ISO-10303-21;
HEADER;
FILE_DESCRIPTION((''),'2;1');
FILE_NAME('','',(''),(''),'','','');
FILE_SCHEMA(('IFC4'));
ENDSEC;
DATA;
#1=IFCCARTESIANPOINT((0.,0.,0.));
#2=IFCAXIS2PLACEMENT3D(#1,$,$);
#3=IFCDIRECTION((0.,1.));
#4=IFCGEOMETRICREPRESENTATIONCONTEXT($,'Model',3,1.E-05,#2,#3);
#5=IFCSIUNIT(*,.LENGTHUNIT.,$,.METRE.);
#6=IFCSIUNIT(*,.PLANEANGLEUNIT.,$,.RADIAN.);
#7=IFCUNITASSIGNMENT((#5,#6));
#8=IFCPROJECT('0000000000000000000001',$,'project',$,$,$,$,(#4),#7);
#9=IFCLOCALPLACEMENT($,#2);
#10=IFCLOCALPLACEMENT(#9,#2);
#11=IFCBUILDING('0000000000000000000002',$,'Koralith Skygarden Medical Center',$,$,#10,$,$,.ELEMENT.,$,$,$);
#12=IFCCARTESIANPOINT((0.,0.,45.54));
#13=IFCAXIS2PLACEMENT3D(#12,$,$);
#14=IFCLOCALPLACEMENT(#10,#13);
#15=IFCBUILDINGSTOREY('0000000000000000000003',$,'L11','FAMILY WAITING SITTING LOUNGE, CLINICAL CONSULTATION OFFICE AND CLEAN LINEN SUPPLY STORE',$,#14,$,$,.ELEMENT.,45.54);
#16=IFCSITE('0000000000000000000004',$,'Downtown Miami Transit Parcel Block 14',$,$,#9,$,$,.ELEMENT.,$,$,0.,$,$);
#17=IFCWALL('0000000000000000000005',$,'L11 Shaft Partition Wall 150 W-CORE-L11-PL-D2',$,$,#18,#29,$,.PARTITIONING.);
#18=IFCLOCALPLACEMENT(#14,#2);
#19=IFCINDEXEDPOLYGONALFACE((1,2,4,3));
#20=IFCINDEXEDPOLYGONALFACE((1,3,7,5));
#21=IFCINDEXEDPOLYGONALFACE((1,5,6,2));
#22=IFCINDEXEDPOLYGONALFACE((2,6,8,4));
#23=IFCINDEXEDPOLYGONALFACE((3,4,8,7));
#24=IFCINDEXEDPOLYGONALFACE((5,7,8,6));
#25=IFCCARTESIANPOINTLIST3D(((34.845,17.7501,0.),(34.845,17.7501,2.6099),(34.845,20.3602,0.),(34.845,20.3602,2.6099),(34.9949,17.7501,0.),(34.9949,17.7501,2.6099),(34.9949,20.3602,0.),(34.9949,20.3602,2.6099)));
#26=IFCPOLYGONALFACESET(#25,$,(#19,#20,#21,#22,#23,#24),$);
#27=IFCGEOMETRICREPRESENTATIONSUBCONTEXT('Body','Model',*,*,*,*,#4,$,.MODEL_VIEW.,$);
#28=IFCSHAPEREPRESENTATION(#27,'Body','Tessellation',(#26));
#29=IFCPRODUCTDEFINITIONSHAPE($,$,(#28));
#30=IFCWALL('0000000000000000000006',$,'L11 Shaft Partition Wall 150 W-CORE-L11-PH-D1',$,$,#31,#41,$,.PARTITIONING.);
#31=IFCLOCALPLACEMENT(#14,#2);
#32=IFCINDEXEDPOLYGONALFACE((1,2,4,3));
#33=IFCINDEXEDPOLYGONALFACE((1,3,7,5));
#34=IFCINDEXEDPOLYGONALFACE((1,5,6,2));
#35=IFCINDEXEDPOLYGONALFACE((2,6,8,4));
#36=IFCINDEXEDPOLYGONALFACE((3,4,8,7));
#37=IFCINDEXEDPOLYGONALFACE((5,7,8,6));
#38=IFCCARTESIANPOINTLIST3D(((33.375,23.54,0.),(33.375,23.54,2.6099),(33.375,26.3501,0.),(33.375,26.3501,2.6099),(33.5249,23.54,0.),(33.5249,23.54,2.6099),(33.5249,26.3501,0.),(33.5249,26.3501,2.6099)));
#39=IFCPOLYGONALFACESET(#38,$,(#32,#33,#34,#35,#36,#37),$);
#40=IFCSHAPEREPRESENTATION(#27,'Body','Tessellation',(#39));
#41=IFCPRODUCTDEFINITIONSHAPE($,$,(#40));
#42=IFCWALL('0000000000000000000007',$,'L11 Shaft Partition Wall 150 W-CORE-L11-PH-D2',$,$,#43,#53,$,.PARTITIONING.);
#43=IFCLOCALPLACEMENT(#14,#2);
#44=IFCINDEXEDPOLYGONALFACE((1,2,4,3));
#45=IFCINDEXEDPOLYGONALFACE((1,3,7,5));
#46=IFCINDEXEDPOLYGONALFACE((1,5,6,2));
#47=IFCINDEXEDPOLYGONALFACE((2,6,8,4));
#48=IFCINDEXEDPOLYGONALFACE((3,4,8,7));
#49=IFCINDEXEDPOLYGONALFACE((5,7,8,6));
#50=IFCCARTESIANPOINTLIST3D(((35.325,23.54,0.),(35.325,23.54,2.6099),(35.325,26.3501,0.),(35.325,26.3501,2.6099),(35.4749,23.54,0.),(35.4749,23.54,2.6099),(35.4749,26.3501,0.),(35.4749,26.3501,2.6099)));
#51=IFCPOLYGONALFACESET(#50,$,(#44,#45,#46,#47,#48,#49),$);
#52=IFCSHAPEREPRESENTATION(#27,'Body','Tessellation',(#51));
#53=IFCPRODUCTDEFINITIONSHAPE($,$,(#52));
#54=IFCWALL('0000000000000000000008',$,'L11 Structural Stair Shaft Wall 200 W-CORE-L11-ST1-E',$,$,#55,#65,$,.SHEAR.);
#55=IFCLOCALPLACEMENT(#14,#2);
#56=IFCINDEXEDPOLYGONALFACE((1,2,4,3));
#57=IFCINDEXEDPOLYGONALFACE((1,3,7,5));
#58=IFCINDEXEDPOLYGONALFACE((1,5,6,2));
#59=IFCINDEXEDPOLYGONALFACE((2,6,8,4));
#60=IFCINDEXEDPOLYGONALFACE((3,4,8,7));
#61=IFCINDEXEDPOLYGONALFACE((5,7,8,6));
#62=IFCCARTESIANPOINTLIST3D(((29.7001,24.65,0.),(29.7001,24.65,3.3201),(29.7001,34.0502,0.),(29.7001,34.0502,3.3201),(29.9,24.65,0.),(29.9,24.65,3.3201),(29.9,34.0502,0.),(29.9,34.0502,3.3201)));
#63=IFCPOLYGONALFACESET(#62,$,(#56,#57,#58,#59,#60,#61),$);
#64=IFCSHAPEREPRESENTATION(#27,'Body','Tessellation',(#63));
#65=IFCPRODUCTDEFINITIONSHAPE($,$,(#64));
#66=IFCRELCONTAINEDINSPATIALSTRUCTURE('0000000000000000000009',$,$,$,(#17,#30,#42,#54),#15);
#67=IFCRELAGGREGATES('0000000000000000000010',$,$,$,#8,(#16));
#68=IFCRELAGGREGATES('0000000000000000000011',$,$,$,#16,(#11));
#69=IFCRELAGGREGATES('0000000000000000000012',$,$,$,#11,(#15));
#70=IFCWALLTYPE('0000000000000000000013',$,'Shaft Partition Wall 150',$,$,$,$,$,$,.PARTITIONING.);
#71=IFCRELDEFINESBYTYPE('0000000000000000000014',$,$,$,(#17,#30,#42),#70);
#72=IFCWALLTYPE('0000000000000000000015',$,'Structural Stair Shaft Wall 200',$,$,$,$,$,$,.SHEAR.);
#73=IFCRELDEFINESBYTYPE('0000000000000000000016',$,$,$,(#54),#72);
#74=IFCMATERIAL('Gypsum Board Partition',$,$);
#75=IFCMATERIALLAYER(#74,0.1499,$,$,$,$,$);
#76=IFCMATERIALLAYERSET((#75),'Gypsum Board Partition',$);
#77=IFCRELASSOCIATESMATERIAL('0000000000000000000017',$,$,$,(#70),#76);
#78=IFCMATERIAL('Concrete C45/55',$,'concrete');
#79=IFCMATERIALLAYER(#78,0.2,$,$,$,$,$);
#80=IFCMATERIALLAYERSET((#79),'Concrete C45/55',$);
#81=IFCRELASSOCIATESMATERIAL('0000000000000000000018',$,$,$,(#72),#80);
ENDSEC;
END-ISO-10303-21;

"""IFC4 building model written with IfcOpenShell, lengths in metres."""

from ifc_helpers import new_model, si_unit, direction, frame, frame_2d, origin, place, context, subcontext, project, spatial, rectangle, extrude, material, layer, layer_set, type_object, element, save


model = new_model("IFC4")

# Units and contexts
model_context = context("Model", 3, precision=1e-05, world=origin(), true_north=direction((0.0, 1.0)))
body_context = subcontext(model_context, "Body", "Model", "MODEL_VIEW")
ifc_project = project(units=[si_unit("LENGTHUNIT", "METRE"), si_unit("PLANEANGLEUNIT", "RADIAN")], contexts=[model_context])

# Site, building, storey
site_placement = place(None, origin())
site = spatial("IfcSite", under=ifc_project, at=site_placement, Name="Downtown Miami Transit Parcel Block 14", CompositionType="ELEMENT", RefElevation=0.0)
building_placement = place(site_placement, origin())
building = spatial("IfcBuilding", under=site, at=building_placement, Name="Koralith Skygarden Medical Center", CompositionType="ELEMENT")
storey_placement = place(building_placement, frame((0.0, 0.0, 45.54)))
storey = spatial("IfcBuildingStorey", under=building, at=storey_placement, Name="L11", Description="FAMILY WAITING SITTING LOUNGE, CLINICAL CONSULTATION OFFICE AND CLEAN LINEN SUPPLY STORE", CompositionType="ELEMENT", Elevation=45.54)

# Shared definitions
ifc_material_1 = material(Name="Concrete C45/55", Category="concrete")

# Shared definitions
ifc_material_2 = material(Name="Gypsum Board Partition")

# Walls
ifc_layer_1 = layer(ifc_material_2, 0.1499)
ifc_layer_set_1 = layer_set([ifc_layer_1], Name="Gypsum Board Partition")
wall_type_1 = type_object("IfcWallType", Name="Shaft Partition Wall 150", PredefinedType="PARTITIONING", material=ifc_layer_set_1)
for number, where, z_axis, x_axis, name in (
    (1, (34.9199, 17.75, 0.0), (0.0, 0.0, 1.0), (0.0, 1.0, 0.0), "L11 Shaft Partition Wall 150 W-CORE-L11-PL-D2"),
):
    element("IfcWall", number, at=place(storey_placement, frame(where, z_axis=z_axis, x_axis=x_axis)), inside=storey, type_object=wall_type_1, Name=name, PredefinedType="PARTITIONING", context=body_context, shape_type="SweptSolid", body=[
        extrude(rectangle(XDim=2.6101, YDim=0.1499, at=frame_2d((1.3052, 0.0))), origin(), (0.0, 0.0, 1.0), 2.6099),
    ])
for number, where, z_axis, x_axis, name in (
    (2, (33.45, 23.54, 0.0), (0.0, 0.0, 1.0), (0.0, 1.0, 0.0), "L11 Shaft Partition Wall 150 W-CORE-L11-PH-D1"),
    (3, (35.3999, 23.54, 0.0), (0.0, 0.0, 1.0), (0.0, 1.0, 0.0), "L11 Shaft Partition Wall 150 W-CORE-L11-PH-D2"),
):
    element("IfcWall", number, at=place(storey_placement, frame(where, z_axis=z_axis, x_axis=x_axis)), inside=storey, type_object=wall_type_1, Name=name, PredefinedType="PARTITIONING", context=body_context, shape_type="SweptSolid", body=[
        extrude(rectangle(XDim=2.8101, YDim=0.1499, at=frame_2d((1.405, 0.0))), origin(), (0.0, 0.0, 1.0), 2.6099),
    ])
ifc_layer_2 = layer(ifc_material_1, 0.2)
ifc_layer_set_2 = layer_set([ifc_layer_2], Name="Concrete C45/55")
wall_type_2 = type_object("IfcWallType", Name="Structural Stair Shaft Wall 200", PredefinedType="SHEAR", material=ifc_layer_set_2)
wall_1_placement = place(storey_placement, frame((29.8, 24.6499, 0.0), z_axis=(0.0, 0.0, 1.0), x_axis=(0.0, 1.0, 0.0)))
element("IfcWall", 4, at=wall_1_placement, inside=storey, type_object=wall_type_2, Name="L11 Structural Stair Shaft Wall 200 W-CORE-L11-ST1-E", PredefinedType="SHEAR", context=body_context, shape_type="SweptSolid", body=[
    extrude(rectangle(XDim=9.4001, YDim=0.2, at=frame_2d((4.7002, 0.0))), origin(), (0.0, 0.0, 1.0), 3.3201),
])

save(model, "model.ifc")
